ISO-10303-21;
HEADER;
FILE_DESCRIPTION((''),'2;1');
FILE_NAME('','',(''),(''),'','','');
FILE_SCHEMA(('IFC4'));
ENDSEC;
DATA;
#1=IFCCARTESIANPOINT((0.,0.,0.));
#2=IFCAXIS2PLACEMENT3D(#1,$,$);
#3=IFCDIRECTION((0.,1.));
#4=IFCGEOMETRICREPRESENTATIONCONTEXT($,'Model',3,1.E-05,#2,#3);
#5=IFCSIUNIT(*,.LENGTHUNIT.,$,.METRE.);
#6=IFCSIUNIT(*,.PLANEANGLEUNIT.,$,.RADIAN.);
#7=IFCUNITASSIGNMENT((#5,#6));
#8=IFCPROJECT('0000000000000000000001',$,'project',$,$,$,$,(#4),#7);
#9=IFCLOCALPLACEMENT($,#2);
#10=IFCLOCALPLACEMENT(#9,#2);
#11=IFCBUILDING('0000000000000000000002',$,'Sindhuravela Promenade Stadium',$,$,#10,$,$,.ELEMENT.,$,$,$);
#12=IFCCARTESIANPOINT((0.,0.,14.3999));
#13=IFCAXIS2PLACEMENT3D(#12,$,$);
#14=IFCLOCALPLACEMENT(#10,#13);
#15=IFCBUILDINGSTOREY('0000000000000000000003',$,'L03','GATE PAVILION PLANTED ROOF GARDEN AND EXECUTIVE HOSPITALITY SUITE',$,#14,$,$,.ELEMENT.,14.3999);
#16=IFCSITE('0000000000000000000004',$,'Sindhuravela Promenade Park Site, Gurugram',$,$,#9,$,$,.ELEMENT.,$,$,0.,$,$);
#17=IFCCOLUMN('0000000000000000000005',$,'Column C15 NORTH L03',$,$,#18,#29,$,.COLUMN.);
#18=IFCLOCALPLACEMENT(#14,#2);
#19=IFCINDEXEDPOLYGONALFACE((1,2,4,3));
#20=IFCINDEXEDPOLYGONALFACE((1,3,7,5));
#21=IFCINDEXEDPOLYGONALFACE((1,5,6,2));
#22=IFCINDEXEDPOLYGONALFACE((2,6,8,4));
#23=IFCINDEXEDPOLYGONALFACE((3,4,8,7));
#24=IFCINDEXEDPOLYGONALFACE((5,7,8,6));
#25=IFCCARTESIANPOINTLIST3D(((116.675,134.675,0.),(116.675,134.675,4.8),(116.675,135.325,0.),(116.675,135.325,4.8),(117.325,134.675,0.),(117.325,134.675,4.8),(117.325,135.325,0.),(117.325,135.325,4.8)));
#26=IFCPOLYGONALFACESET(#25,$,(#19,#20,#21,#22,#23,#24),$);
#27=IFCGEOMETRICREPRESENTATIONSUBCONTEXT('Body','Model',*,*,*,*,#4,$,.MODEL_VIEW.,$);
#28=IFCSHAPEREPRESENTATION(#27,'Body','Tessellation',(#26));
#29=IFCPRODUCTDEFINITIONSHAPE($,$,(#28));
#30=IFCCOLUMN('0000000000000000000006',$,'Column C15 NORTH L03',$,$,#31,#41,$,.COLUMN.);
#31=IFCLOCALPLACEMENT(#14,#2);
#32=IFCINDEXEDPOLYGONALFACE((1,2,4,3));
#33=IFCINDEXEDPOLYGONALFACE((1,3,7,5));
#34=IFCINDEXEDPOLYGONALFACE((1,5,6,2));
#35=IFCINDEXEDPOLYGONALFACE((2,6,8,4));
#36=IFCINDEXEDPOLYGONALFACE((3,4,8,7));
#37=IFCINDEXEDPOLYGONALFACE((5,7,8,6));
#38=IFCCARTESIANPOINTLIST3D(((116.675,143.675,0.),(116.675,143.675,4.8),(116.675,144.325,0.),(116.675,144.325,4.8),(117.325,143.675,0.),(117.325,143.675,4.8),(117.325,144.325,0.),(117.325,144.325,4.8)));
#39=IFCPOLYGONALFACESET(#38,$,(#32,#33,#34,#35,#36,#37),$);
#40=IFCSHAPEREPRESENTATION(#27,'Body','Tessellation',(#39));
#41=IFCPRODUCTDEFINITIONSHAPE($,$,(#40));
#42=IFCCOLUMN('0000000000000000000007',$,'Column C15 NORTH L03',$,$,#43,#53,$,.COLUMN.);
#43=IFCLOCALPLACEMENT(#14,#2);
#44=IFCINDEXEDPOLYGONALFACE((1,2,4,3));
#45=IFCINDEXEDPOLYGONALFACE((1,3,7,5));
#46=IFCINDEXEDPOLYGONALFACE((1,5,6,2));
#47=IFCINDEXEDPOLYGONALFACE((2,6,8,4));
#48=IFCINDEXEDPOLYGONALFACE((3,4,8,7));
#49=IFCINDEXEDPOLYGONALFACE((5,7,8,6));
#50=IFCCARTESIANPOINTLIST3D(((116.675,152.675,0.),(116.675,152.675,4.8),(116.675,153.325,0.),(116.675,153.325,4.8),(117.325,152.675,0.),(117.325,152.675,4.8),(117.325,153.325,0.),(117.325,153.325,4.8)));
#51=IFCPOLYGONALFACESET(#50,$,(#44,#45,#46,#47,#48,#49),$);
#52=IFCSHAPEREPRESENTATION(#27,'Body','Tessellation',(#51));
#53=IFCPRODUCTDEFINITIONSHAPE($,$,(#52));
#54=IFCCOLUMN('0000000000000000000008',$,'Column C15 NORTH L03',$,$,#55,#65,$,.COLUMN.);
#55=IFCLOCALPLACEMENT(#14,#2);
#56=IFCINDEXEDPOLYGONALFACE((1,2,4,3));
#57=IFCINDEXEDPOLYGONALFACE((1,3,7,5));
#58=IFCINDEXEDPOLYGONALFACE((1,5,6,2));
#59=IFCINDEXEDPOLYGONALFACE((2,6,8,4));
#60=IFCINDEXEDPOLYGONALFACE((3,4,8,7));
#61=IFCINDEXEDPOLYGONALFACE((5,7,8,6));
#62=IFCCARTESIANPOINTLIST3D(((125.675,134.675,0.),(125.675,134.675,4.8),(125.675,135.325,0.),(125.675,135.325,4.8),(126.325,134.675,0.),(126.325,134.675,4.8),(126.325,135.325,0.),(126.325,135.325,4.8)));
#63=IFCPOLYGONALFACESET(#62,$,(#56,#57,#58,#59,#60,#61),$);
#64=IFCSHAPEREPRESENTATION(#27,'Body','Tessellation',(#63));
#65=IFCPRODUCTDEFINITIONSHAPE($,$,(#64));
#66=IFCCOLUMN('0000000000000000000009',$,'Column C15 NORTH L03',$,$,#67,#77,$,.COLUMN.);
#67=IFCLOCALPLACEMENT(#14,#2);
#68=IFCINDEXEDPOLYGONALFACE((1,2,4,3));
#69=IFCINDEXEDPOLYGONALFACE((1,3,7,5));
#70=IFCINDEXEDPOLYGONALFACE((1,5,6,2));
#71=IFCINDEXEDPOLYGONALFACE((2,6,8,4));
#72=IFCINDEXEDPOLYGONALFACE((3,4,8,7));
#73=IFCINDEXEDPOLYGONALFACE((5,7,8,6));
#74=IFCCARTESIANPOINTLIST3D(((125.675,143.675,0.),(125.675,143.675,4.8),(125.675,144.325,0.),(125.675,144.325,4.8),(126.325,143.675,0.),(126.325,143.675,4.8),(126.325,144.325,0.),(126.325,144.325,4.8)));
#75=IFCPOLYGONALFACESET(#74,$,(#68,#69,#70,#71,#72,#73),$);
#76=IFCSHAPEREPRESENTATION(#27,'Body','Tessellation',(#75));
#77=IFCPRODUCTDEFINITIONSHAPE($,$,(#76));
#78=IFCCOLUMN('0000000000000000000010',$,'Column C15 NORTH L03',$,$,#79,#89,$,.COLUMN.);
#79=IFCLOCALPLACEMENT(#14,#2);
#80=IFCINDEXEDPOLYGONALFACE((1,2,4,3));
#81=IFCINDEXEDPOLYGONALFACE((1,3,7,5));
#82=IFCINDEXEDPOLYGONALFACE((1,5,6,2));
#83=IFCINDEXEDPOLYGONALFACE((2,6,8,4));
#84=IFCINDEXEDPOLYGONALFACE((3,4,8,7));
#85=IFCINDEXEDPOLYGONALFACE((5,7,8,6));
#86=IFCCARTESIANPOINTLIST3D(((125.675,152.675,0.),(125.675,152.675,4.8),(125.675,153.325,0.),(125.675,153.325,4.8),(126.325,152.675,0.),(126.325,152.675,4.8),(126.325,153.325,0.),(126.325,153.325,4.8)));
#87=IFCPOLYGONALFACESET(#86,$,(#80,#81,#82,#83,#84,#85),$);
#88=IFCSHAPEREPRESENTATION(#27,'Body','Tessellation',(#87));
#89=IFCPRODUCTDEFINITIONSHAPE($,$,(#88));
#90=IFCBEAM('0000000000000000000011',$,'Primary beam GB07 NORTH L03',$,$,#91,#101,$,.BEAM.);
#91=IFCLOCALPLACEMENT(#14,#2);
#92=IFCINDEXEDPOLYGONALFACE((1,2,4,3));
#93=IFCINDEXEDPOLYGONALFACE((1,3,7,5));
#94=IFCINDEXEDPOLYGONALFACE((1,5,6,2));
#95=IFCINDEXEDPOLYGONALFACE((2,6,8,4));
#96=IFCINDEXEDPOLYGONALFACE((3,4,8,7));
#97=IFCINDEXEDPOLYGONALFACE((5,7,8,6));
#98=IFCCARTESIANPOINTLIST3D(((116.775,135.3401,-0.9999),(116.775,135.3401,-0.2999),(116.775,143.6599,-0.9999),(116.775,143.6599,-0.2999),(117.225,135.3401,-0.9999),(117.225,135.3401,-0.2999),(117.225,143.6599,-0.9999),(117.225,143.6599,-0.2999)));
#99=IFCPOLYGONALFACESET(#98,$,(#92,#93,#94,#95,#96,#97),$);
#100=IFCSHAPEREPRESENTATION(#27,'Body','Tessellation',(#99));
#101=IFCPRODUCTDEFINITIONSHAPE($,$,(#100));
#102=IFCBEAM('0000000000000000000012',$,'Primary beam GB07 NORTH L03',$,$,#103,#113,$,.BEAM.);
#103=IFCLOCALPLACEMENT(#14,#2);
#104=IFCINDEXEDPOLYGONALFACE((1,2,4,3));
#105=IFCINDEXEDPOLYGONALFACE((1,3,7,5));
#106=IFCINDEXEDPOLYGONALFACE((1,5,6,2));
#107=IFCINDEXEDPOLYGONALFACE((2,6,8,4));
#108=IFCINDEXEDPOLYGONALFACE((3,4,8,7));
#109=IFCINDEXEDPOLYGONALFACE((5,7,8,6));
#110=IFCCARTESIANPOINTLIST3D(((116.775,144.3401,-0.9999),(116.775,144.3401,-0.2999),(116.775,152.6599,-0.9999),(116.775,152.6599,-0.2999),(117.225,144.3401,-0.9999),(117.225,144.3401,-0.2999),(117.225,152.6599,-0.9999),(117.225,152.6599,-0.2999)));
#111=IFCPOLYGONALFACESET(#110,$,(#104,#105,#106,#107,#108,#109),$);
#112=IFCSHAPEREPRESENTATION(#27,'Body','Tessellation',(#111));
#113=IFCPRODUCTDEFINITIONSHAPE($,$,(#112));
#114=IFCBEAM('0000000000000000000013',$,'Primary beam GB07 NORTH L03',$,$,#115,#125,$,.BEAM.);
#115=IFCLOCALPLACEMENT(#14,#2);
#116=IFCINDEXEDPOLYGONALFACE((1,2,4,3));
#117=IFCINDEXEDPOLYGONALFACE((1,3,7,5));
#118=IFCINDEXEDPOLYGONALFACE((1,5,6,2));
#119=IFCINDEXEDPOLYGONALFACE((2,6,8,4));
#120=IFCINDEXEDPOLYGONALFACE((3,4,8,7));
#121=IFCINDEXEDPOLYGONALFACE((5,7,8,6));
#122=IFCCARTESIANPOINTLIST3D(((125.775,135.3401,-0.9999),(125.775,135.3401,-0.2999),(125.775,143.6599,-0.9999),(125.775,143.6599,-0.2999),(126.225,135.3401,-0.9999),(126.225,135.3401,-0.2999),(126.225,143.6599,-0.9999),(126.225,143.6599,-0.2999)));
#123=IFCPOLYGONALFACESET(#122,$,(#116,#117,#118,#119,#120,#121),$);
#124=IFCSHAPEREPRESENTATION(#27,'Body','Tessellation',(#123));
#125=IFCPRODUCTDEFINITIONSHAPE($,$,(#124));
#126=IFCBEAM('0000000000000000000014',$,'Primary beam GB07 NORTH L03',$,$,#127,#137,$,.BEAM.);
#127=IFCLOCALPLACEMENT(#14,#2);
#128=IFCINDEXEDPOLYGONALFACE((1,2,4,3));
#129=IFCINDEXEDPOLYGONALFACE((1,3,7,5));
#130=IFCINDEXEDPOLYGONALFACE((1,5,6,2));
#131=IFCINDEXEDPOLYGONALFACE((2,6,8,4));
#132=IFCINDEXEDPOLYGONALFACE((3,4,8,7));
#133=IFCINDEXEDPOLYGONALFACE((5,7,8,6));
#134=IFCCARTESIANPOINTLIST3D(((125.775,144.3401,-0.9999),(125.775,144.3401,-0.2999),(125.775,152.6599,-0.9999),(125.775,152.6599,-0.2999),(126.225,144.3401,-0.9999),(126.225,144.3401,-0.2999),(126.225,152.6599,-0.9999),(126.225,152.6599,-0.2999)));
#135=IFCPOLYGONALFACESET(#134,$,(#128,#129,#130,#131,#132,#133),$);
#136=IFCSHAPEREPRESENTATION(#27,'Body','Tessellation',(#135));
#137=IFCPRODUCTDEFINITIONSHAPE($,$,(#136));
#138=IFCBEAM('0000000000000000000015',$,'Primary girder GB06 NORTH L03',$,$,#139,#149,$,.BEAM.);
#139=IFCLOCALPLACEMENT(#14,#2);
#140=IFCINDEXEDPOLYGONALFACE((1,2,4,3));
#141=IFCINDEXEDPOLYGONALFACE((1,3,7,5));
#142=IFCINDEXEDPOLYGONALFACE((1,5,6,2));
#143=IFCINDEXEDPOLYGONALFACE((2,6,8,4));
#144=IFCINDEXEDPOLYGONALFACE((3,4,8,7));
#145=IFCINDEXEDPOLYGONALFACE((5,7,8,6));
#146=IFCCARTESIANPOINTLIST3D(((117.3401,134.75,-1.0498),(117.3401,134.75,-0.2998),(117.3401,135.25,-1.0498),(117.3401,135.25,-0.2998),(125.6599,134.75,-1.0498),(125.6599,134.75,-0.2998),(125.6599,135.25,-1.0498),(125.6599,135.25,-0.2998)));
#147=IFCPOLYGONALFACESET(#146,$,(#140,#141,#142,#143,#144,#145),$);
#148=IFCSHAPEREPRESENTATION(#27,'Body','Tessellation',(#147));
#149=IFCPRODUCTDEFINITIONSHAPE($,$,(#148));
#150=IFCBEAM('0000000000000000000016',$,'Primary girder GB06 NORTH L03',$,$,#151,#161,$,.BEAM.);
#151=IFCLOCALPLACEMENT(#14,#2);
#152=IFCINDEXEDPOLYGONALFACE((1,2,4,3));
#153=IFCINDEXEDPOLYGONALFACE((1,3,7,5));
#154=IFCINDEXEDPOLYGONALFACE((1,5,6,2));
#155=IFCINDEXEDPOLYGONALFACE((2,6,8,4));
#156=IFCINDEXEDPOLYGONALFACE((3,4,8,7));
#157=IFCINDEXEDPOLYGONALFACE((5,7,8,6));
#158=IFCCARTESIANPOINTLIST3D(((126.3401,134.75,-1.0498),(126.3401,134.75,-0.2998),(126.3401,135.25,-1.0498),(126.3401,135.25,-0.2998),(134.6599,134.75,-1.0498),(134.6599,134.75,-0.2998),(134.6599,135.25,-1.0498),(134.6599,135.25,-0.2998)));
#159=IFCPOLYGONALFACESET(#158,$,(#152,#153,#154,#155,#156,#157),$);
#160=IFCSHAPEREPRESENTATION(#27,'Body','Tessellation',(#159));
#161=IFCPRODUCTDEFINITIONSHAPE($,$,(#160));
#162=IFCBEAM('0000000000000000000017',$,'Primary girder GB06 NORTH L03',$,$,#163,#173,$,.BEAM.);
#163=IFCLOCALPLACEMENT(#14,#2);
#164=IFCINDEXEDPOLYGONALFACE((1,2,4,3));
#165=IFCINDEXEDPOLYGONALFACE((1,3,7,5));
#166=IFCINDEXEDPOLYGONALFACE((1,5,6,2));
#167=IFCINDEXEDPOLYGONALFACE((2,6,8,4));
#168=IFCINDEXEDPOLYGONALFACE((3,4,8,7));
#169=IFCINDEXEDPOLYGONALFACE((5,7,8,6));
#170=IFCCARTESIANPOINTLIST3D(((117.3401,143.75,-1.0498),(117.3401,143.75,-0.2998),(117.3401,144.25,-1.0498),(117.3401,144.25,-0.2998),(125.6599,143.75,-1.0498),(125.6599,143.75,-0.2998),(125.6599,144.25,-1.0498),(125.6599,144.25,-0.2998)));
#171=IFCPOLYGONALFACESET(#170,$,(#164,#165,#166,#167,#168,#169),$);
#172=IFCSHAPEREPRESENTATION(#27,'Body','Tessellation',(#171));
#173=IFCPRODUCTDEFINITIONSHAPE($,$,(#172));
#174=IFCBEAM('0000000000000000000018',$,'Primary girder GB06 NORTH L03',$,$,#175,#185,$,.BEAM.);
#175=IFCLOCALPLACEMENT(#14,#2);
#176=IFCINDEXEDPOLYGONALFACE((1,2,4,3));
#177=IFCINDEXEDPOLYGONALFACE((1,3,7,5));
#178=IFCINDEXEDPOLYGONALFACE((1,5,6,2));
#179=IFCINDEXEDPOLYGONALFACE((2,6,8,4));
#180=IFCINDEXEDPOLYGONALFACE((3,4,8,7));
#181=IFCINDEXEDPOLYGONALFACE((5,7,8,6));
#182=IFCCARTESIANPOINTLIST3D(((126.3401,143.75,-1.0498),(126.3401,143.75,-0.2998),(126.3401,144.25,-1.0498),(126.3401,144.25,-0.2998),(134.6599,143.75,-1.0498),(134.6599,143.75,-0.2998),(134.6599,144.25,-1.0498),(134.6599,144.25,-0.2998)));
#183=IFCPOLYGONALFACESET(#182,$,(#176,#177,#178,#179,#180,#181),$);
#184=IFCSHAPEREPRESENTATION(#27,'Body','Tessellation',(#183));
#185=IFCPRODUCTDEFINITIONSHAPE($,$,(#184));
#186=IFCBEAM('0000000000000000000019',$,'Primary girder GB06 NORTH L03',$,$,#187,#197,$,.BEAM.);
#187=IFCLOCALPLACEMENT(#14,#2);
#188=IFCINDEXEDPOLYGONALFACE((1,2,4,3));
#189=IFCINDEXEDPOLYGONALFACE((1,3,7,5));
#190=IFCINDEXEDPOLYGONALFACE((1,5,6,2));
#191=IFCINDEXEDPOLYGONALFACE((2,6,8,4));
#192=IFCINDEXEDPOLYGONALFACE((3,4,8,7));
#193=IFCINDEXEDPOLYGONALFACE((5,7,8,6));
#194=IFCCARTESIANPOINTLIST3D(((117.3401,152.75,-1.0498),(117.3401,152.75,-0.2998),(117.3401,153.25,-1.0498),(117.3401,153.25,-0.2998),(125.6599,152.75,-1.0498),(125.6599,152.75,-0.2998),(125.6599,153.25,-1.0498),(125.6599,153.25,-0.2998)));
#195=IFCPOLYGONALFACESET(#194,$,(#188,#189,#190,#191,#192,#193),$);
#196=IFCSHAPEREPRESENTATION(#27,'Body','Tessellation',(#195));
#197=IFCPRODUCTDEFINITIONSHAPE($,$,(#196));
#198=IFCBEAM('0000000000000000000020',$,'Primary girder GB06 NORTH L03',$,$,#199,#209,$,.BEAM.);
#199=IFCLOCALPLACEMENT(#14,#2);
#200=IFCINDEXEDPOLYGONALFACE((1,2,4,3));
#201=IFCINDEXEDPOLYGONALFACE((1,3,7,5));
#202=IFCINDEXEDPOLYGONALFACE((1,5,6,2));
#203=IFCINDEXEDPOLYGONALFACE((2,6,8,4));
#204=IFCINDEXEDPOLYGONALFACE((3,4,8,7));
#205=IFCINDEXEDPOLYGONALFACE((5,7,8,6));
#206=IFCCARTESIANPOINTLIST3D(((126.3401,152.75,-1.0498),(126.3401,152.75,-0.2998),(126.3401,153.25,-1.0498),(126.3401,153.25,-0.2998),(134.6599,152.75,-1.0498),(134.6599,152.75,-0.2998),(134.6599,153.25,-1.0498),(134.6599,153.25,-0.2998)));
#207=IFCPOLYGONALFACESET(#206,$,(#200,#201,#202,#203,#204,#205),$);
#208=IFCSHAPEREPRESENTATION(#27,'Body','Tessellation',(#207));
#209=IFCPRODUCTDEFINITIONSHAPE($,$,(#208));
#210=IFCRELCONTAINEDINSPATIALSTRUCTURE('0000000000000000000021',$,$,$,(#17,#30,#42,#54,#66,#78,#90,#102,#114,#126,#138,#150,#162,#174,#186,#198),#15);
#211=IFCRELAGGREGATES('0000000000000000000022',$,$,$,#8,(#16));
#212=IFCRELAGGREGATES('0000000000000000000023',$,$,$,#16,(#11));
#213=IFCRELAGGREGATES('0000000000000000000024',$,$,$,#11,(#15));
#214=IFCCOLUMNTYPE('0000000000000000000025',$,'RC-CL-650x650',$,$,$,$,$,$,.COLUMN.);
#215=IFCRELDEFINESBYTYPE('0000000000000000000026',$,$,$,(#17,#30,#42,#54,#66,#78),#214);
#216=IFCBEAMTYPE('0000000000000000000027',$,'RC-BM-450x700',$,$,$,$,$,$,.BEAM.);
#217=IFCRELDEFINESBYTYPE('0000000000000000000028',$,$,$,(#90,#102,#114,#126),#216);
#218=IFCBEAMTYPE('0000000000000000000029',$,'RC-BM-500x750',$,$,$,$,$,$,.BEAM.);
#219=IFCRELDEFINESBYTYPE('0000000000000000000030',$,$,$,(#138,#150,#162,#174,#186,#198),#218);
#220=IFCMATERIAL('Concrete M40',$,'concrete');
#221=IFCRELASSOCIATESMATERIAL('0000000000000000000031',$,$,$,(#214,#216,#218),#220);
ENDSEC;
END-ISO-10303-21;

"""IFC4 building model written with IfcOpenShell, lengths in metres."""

from ifc_helpers import new_model, si_unit, direction, frame, origin, origin_2d, place, context, subcontext, project, spatial, rectangle, extrude, material, material_profile, profile_set, type_object, element, save


model = new_model("IFC4")

# Units and contexts
model_context = context("Model", 3, precision=1e-05, world=origin(), true_north=direction((0.0, 1.0)))
body_context = subcontext(model_context, "Body", "Model", "MODEL_VIEW")
ifc_project = project(units=[si_unit("LENGTHUNIT", "METRE"), si_unit("PLANEANGLEUNIT", "RADIAN")], contexts=[model_context])

# Site, building, storey
site_placement = place(None, origin())
site = spatial("IfcSite", under=ifc_project, at=site_placement, Name="Sindhuravela Promenade Park Site, Gurugram", CompositionType="ELEMENT", RefElevation=0.0)
building_placement = place(site_placement, origin())
building = spatial("IfcBuilding", under=site, at=building_placement, Name="Sindhuravela Promenade Stadium", CompositionType="ELEMENT")
storey_placement = place(building_placement, frame((0.0, 0.0, 14.3999)))
storey = spatial("IfcBuildingStorey", under=building, at=storey_placement, Name="L03", Description="GATE PAVILION PLANTED ROOF GARDEN AND EXECUTIVE HOSPITALITY SUITE", CompositionType="ELEMENT", Elevation=14.3999)

# Columns
ifc_material_1 = material(Name="Concrete M40", Category="concrete")
ifc_material_profile_1 = material_profile(ifc_material_1, rectangle(XDim=0.6499, YDim=0.6499, at=origin_2d()), Name="RC 650x650")
ifc_profile_set_1 = profile_set([ifc_material_profile_1], Name="Concrete M40")
column_type = type_object("IfcColumnType", Name="RC-CL-650x650", PredefinedType="COLUMN", material=ifc_profile_set_1)
for number, where, z_axis, x_axis, name in (
    (1, (117.0, 135.0, 0.0), (0.0, 0.0, 1.0), (1.0, 0.0, 0.0), "Column C15 NORTH L03"),
    (2, (117.0, 144.0, 0.0), (0.0, 0.0, 1.0), (1.0, 0.0, 0.0), "Column C15 NORTH L03"),
    (3, (117.0, 153.0, 0.0), (0.0, 0.0, 1.0), (1.0, 0.0, 0.0), "Column C15 NORTH L03"),
    (4, (126.0, 135.0, 0.0), (0.0, 0.0, 1.0), (1.0, 0.0, 0.0), "Column C15 NORTH L03"),
    (5, (126.0, 144.0, 0.0), (0.0, 0.0, 1.0), (1.0, 0.0, 0.0), "Column C15 NORTH L03"),
    (6, (126.0, 153.0, 0.0), (0.0, 0.0, 1.0), (1.0, 0.0, 0.0), "Column C15 NORTH L03"),
):
    element("IfcColumn", number, at=place(storey_placement, frame(where, z_axis=z_axis, x_axis=x_axis)), inside=storey, type_object=column_type, Name=name, PredefinedType="COLUMN", context=body_context, shape_type="SweptSolid", body=[
        extrude(rectangle(XDim=0.6499, YDim=0.6499, at=origin_2d()), origin(), (0.0, 0.0, 1.0), 4.8),
    ])

# Beams
ifc_material_profile_2 = material_profile(ifc_material_1, rectangle(XDim=0.45, YDim=0.7, at=origin_2d()), Name="RC 450x700")
ifc_profile_set_2 = profile_set([ifc_material_profile_2], Name="Concrete M40")
beam_type_1 = type_object("IfcBeamType", Name="RC-BM-450x700", PredefinedType="BEAM", material=ifc_profile_set_2)
for number, where, z_axis, x_axis, name in (
    (7, (117.0, 135.3401, -0.6499), (0.0, 1.0, 0.0), (-1.0, 0.0, 0.0), "Primary beam GB07 NORTH L03"),
    (8, (117.0, 144.3401, -0.6499), (0.0, 1.0, 0.0), (-1.0, 0.0, 0.0), "Primary beam GB07 NORTH L03"),
    (9, (126.0, 135.3401, -0.6499), (0.0, 1.0, 0.0), (-1.0, 0.0, 0.0), "Primary beam GB07 NORTH L03"),
    (10, (126.0, 144.3401, -0.6499), (0.0, 1.0, 0.0), (-1.0, 0.0, 0.0), "Primary beam GB07 NORTH L03"),
):
    element("IfcBeam", number, at=place(storey_placement, frame(where, z_axis=z_axis, x_axis=x_axis)), inside=storey, type_object=beam_type_1, Name=name, PredefinedType="BEAM", context=body_context, shape_type="SweptSolid", body=[
        extrude(rectangle(XDim=0.45, YDim=0.7, at=origin_2d()), origin(), (0.0, 0.0, 1.0), 8.3198),
    ])
ifc_material_profile_3 = material_profile(ifc_material_1, rectangle(XDim=0.5, YDim=0.75, at=origin_2d()), Name="RC 500x750")
ifc_profile_set_3 = profile_set([ifc_material_profile_3], Name="Concrete M40")
beam_type_2 = type_object("IfcBeamType", Name="RC-BM-500x750", PredefinedType="BEAM", material=ifc_profile_set_3)
for number, where, z_axis, x_axis, name in (
    (11, (117.3401, 135.0, -0.6748), (1.0, 0.0, 0.0), (0.0, 1.0, 0.0), "Primary girder GB06 NORTH L03"),
    (12, (126.3401, 135.0, -0.6748), (1.0, 0.0, 0.0), (0.0, 1.0, 0.0), "Primary girder GB06 NORTH L03"),
    (13, (117.3401, 144.0, -0.6748), (1.0, 0.0, 0.0), (0.0, 1.0, 0.0), "Primary girder GB06 NORTH L03"),
    (14, (126.3401, 144.0, -0.6748), (1.0, 0.0, 0.0), (0.0, 1.0, 0.0), "Primary girder GB06 NORTH L03"),
    (15, (117.3401, 153.0, -0.6748), (1.0, 0.0, 0.0), (0.0, 1.0, 0.0), "Primary girder GB06 NORTH L03"),
    (16, (126.3401, 153.0, -0.6748), (1.0, 0.0, 0.0), (0.0, 1.0, 0.0), "Primary girder GB06 NORTH L03"),
):
    element("IfcBeam", number, at=place(storey_placement, frame(where, z_axis=z_axis, x_axis=x_axis)), inside=storey, type_object=beam_type_2, Name=name, PredefinedType="BEAM", context=body_context, shape_type="SweptSolid", body=[
        extrude(rectangle(XDim=0.5, YDim=0.75, at=origin_2d()), origin(), (0.0, 0.0, 1.0), 8.3198),
    ])

save(model, "model.ifc")
